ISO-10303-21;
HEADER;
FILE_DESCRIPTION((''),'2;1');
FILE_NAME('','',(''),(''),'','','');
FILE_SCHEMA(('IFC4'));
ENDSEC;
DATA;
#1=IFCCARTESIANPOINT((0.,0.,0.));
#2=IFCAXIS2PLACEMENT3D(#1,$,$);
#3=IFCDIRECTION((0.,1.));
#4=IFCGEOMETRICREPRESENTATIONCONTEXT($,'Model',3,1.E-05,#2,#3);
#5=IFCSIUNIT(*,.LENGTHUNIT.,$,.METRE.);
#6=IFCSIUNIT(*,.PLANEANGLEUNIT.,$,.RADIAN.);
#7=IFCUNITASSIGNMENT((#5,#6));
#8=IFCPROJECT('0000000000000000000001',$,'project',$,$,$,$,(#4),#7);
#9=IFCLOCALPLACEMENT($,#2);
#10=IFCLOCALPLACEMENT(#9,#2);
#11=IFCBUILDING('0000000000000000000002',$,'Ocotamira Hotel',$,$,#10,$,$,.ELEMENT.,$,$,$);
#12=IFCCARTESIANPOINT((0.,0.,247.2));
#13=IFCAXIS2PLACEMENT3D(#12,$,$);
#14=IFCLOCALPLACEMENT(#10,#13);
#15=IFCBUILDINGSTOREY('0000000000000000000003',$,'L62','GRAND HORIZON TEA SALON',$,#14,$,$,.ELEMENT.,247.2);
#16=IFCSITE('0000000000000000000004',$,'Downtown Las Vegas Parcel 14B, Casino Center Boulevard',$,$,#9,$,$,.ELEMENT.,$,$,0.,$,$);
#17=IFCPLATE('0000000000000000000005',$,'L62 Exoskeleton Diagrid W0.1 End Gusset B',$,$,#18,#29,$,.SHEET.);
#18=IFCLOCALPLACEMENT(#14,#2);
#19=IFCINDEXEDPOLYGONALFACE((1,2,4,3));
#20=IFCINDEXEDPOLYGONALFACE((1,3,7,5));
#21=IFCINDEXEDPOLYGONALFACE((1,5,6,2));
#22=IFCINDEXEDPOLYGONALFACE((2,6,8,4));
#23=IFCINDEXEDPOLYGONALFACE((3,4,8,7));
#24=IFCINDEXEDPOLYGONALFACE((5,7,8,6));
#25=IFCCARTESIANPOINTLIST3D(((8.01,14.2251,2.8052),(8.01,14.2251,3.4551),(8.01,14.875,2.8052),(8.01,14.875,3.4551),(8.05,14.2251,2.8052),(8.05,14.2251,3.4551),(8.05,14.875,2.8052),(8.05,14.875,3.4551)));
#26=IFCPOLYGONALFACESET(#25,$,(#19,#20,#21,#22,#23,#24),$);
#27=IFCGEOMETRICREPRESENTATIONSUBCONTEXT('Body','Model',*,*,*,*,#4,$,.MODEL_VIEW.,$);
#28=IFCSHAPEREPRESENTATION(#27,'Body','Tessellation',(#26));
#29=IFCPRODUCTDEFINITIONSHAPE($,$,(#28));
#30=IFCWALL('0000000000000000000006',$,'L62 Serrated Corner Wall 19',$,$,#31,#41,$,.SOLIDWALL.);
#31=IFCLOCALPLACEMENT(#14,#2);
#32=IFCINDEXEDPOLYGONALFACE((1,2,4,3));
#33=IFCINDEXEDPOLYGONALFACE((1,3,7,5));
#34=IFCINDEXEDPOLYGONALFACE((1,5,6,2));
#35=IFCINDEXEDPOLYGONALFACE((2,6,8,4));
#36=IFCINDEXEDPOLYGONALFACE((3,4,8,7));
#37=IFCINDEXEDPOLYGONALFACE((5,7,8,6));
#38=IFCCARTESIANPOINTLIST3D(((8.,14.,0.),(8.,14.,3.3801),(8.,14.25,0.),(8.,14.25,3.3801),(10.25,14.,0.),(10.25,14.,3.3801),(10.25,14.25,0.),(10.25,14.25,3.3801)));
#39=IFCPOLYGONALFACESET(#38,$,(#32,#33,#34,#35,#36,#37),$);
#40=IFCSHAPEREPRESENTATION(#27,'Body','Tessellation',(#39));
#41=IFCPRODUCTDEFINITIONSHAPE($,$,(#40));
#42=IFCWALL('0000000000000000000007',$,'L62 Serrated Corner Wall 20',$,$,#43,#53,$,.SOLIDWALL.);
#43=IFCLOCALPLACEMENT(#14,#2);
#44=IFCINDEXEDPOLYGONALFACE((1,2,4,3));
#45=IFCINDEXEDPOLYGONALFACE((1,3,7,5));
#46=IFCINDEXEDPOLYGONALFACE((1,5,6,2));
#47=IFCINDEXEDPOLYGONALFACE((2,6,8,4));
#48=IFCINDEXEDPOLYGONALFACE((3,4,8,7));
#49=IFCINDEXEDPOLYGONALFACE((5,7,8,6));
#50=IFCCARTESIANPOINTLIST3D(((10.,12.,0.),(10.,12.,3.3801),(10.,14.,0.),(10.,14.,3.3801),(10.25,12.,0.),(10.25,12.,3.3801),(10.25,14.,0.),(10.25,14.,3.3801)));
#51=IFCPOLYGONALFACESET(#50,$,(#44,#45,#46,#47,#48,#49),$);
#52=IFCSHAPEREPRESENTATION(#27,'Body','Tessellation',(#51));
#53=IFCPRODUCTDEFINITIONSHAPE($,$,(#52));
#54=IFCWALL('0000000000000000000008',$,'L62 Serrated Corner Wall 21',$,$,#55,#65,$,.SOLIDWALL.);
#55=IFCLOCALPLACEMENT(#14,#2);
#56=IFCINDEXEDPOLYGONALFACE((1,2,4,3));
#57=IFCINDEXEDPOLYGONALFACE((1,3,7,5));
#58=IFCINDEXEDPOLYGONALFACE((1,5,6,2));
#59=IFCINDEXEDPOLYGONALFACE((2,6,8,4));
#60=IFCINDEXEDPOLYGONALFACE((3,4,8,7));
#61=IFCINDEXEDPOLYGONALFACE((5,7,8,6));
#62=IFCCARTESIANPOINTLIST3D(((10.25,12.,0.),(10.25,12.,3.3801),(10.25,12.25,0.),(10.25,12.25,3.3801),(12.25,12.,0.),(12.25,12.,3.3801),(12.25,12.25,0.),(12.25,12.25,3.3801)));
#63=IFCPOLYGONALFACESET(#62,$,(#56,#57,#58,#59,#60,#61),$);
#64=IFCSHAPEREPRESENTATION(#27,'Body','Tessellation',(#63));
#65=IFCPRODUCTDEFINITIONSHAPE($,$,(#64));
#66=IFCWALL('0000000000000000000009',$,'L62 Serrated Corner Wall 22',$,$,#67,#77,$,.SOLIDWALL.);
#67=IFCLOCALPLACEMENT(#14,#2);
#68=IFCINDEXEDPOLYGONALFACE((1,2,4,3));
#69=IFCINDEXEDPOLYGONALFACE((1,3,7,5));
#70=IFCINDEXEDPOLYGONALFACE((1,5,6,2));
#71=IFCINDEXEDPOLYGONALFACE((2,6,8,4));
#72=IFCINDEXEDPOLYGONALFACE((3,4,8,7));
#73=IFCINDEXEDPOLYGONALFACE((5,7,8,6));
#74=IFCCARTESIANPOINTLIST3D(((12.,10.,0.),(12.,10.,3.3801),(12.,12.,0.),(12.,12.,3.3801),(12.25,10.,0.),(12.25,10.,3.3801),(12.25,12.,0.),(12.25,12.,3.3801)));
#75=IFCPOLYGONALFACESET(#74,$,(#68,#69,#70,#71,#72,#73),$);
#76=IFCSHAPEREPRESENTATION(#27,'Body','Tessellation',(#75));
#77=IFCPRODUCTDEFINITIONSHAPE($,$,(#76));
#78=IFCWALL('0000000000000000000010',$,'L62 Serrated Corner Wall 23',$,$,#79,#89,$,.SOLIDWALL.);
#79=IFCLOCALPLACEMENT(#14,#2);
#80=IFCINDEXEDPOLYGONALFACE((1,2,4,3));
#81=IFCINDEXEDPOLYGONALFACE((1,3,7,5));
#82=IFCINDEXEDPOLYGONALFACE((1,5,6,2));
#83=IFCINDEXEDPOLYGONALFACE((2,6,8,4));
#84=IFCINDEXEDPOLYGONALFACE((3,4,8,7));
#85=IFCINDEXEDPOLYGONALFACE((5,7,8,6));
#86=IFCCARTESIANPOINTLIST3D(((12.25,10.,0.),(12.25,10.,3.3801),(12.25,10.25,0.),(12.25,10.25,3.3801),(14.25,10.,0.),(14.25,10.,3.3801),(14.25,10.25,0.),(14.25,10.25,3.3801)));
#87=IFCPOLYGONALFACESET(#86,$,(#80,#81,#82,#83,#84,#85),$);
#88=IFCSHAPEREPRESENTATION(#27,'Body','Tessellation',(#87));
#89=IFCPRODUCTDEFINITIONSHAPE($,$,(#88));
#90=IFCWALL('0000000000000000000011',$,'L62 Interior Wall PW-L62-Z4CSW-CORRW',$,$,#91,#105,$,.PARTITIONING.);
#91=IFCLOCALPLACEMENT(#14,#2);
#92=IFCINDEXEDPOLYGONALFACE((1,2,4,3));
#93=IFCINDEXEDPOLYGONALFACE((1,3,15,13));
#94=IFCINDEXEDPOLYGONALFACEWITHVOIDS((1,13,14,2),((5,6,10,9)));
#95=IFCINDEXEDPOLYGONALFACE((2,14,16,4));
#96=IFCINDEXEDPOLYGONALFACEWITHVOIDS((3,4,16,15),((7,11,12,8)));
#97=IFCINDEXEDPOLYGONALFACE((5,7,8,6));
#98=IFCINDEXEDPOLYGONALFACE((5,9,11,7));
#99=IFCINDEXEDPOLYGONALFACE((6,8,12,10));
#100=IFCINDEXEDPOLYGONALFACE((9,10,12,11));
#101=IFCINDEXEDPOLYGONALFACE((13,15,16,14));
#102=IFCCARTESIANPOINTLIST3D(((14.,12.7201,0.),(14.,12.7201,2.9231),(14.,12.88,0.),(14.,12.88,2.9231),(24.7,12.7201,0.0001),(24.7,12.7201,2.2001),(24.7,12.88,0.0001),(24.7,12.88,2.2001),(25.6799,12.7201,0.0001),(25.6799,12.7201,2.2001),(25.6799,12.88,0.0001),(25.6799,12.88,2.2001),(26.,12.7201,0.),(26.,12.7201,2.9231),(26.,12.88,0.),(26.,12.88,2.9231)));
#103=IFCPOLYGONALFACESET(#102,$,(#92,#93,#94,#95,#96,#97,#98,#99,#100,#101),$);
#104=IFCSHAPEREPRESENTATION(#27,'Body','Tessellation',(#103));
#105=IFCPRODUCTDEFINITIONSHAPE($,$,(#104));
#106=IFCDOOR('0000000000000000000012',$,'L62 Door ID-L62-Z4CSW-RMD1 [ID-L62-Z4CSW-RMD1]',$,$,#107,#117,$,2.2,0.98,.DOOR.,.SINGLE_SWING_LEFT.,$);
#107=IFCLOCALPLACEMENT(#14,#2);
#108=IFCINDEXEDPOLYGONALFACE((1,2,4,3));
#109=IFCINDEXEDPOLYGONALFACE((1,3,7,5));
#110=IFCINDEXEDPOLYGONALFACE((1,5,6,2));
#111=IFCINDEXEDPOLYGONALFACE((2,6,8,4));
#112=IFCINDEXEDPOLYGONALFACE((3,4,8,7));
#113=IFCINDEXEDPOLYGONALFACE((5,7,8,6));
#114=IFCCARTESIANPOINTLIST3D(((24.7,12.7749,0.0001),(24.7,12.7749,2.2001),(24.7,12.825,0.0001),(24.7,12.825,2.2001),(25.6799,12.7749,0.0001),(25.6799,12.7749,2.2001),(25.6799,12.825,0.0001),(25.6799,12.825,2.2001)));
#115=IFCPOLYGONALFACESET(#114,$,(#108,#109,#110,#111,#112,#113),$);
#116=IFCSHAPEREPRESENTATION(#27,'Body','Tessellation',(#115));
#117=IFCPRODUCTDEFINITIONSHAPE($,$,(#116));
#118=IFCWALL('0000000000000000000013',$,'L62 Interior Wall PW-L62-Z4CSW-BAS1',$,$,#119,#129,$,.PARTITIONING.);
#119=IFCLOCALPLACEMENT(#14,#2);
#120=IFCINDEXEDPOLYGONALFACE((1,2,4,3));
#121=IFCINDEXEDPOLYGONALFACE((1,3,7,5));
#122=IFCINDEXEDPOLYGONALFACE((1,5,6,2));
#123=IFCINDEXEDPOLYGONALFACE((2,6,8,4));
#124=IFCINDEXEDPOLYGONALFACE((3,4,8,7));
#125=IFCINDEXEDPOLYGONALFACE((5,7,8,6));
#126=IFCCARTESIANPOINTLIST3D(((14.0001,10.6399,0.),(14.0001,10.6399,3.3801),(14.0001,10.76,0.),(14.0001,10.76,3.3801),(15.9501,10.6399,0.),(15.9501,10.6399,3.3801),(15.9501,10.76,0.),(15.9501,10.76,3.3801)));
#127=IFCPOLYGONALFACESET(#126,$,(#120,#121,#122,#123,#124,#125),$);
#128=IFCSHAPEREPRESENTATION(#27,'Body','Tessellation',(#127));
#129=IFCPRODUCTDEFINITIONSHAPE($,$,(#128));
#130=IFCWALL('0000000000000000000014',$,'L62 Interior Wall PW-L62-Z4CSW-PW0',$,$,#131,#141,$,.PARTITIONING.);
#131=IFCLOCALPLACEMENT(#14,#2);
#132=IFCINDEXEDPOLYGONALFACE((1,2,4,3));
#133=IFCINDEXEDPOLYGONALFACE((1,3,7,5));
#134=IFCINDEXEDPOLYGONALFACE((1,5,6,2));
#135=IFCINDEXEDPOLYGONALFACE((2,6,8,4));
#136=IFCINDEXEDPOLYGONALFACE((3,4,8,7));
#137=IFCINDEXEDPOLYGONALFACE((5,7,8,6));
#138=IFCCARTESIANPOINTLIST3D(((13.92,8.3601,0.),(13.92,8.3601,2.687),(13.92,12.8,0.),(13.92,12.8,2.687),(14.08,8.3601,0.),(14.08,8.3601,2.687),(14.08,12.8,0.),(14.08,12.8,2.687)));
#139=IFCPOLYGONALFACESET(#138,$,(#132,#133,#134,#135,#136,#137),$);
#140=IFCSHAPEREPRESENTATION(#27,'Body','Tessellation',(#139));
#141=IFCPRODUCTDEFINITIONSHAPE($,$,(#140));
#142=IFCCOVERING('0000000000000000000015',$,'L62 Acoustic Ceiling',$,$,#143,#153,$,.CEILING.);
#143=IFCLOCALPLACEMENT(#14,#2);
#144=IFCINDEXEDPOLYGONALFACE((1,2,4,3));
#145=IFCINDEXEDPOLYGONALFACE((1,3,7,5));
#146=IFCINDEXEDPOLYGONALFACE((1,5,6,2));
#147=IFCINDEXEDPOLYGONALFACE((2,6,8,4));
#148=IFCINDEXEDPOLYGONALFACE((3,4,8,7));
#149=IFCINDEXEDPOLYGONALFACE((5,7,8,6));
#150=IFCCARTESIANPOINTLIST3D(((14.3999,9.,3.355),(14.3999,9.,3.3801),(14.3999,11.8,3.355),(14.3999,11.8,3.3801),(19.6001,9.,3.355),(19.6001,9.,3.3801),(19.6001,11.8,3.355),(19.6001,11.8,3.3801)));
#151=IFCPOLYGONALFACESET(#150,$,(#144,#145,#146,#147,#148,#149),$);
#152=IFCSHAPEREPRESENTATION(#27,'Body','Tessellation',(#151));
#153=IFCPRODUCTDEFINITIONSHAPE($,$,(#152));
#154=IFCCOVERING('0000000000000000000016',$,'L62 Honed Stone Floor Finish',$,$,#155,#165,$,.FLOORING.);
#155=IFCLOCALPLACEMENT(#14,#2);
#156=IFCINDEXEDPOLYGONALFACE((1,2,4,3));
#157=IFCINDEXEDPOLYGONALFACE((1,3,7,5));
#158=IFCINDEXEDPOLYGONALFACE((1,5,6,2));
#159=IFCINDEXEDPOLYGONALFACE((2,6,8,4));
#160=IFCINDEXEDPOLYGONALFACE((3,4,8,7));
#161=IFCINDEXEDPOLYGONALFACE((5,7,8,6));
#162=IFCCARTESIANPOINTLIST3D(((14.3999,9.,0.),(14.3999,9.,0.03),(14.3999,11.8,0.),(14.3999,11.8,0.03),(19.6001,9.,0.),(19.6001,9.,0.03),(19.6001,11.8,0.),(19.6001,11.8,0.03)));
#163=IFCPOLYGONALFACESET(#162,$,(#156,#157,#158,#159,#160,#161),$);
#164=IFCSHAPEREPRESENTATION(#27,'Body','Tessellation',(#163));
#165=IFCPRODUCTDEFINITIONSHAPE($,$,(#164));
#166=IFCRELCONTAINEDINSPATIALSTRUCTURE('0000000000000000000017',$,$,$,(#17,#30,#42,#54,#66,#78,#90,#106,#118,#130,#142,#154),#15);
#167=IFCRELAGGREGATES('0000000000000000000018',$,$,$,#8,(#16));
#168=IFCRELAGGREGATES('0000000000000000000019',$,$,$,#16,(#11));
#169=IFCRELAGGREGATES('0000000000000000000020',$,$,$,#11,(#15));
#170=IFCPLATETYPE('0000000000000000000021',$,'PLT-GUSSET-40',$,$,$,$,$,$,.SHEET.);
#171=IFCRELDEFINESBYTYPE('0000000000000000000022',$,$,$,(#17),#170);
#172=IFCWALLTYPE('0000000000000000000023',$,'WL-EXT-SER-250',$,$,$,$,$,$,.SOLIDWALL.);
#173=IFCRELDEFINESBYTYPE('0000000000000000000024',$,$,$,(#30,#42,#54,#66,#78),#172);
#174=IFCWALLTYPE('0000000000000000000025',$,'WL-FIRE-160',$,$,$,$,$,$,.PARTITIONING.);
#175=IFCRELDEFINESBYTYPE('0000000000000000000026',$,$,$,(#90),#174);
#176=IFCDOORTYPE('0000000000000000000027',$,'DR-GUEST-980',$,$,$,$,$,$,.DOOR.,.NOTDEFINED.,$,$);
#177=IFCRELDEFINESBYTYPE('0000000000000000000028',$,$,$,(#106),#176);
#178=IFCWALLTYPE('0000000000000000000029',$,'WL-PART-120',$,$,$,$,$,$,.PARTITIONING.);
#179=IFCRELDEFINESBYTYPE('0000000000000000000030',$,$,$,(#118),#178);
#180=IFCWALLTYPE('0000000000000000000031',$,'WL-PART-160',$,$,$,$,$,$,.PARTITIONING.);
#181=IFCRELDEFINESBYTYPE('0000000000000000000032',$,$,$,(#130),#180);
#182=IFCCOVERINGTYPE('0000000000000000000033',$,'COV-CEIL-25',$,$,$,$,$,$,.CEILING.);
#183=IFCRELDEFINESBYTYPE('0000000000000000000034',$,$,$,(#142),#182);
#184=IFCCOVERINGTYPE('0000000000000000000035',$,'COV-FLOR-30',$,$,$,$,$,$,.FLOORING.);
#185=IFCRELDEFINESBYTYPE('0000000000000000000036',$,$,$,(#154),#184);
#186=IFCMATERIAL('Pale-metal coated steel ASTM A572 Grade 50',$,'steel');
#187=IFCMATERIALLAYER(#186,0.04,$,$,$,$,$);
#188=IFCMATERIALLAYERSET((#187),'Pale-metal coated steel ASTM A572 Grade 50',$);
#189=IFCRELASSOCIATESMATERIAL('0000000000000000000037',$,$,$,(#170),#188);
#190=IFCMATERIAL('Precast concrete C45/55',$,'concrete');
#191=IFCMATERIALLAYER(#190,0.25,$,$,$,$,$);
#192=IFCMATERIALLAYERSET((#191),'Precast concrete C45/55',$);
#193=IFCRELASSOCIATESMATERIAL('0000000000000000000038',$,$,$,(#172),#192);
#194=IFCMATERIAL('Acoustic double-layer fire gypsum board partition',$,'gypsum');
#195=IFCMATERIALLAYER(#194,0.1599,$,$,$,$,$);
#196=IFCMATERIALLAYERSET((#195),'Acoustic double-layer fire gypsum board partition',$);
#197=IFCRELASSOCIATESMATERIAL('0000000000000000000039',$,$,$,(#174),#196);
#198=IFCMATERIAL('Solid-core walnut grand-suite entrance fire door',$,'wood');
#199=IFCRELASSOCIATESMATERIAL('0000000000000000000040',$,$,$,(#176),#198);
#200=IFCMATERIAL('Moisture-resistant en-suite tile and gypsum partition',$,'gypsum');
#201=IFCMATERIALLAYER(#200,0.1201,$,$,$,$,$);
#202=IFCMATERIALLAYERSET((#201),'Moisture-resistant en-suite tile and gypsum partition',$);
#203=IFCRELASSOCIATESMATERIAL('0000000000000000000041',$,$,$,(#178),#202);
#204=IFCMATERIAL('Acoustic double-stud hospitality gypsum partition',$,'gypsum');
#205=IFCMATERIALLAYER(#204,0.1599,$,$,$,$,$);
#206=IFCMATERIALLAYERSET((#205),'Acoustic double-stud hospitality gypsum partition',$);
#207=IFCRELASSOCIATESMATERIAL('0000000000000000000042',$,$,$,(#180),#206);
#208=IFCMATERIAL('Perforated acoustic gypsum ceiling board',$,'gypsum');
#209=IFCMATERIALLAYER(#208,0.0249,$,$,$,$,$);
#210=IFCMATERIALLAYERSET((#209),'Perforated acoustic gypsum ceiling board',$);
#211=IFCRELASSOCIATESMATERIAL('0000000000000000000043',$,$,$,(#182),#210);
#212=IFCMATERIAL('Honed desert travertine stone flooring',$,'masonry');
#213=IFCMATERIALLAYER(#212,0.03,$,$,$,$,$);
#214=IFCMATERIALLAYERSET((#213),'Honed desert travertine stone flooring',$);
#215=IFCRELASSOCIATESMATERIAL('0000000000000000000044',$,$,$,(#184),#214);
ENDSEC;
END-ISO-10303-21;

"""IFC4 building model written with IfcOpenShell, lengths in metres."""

from ifc_helpers import new_model, si_unit, direction, frame, frame_2d, origin, origin_2d, place, context, subcontext, project, spatial, polyline, rectangle, outline, extrude, source, transform, mapped, material, layer, layer_set, type_object, element, fill, save


model = new_model("IFC4")

# Units and contexts
model_context = context("Model", 3, precision=1e-05, world=origin(), true_north=direction((0.0, 1.0)))
body_context = subcontext(model_context, "Body", "Model", "MODEL_VIEW")
ifc_project = project(units=[si_unit("LENGTHUNIT", "METRE"), si_unit("PLANEANGLEUNIT", "RADIAN")], contexts=[model_context])

# Site, building, storey
site_placement = place(None, origin())
site = spatial("IfcSite", under=ifc_project, at=site_placement, Name="Downtown Las Vegas Parcel 14B, Casino Center Boulevard", CompositionType="ELEMENT", RefElevation=0.0)
building_placement = place(site_placement, origin())
building = spatial("IfcBuilding", under=site, at=building_placement, Name="Ocotamira Hotel", CompositionType="ELEMENT")
storey_placement = place(building_placement, frame((0.0, 0.0, 247.2)))
storey = spatial("IfcBuildingStorey", under=building, at=storey_placement, Name="L62", Description="GRAND HORIZON TEA SALON", CompositionType="ELEMENT", Elevation=247.2)

# Plate
ifc_material_1 = material(Name="Pale-metal coated steel ASTM A572 Grade 50", Category="steel")
ifc_layer_1 = layer(ifc_material_1, 0.04)
ifc_layer_set_1 = layer_set([ifc_layer_1], Name="Pale-metal coated steel ASTM A572 Grade 50")
plate_type = type_object("IfcPlateType", Name="PLT-GUSSET-40", PredefinedType="SHEET", material=ifc_layer_set_1)
shared_shape_1 = source(origin(), body_context, "Body", "SweptSolid", [
    extrude(rectangle(XDim=0.04, YDim=0.6499, at=origin_2d()), origin(), (0.0, 0.0, 1.0), 0.6499),
])
plate_1_placement = place(storey_placement, frame((8.03, 14.55, 2.8052), z_axis=(0.0, 0.0, 1.0), x_axis=(1.0, 0.0, 0.0)))
element("IfcPlate", 1, at=plate_1_placement, inside=storey, type_object=plate_type, Name="L62 Exoskeleton Diagrid W0.1 End Gusset B", PredefinedType="SHEET", context=body_context, shape_type="MappedRepresentation", body=[
    mapped(shared_shape_1, transform((0.0, 0.0, 0.0), scale=1.0)),
])

# Walls
ifc_material_2 = material(Name="Precast concrete C45/55", Category="concrete")
ifc_layer_2 = layer(ifc_material_2, 0.25)
ifc_layer_set_2 = layer_set([ifc_layer_2], Name="Precast concrete C45/55")
wall_type_1 = type_object("IfcWallType", Name="WL-EXT-SER-250", PredefinedType="SOLIDWALL", material=ifc_layer_set_2)
wall_1_placement = place(storey_placement, frame((8.0, 14.125, 0.0), z_axis=(0.0, 0.0, 1.0), x_axis=(1.0, 0.0, 0.0)))
element("IfcWall", 2, at=wall_1_placement, inside=storey, type_object=wall_type_1, Name="L62 Serrated Corner Wall 19", PredefinedType="SOLIDWALL", context=body_context, shape_type="SweptSolid", body=[
    extrude(rectangle(XDim=2.25, YDim=0.25, at=frame_2d((1.125, 0.0))), origin(), (0.0, 0.0, 1.0), 3.3801),
])
for number, where, z_axis, x_axis, name in (
    (3, (10.125, 14.0, 0.0), (0.0, 0.0, 1.0), (0.0, -1.0, 0.0), "L62 Serrated Corner Wall 20"),
    (4, (10.25, 12.125, 0.0), (0.0, 0.0, 1.0), (1.0, 0.0, 0.0), "L62 Serrated Corner Wall 21"),
    (5, (12.125, 12.0, 0.0), (0.0, 0.0, 1.0), (0.0, -1.0, 0.0), "L62 Serrated Corner Wall 22"),
    (6, (12.25, 10.125, 0.0), (0.0, 0.0, 1.0), (1.0, 0.0, 0.0), "L62 Serrated Corner Wall 23"),
):
    element("IfcWall", number, at=place(storey_placement, frame(where, z_axis=z_axis, x_axis=x_axis)), inside=storey, type_object=wall_type_1, Name=name, PredefinedType="SOLIDWALL", context=body_context, shape_type="SweptSolid", body=[
        extrude(rectangle(XDim=2.0, YDim=0.25, at=frame_2d((1.0, 0.0))), origin(), (0.0, 0.0, 1.0), 3.3801),
    ])

# Wall, opening, door
ifc_material_3 = material(Name="Acoustic double-layer fire gypsum board partition", Category="gypsum")
ifc_layer_3 = layer(ifc_material_3, 0.1599)
ifc_layer_set_3 = layer_set([ifc_layer_3], Name="Acoustic double-layer fire gypsum board partition")
wall_type_2 = type_object("IfcWallType", Name="WL-FIRE-160", PredefinedType="PARTITIONING", material=ifc_layer_set_3)
wall_2_placement = place(storey_placement, frame((14.0, 12.8, 0.0), z_axis=(0.0, 0.0, 1.0), x_axis=(1.0, 0.0, 0.0)))
wall_2 = element("IfcWall", 7, at=wall_2_placement, inside=storey, type_object=wall_type_2, Name="L62 Interior Wall PW-L62-Z4CSW-CORRW", PredefinedType="PARTITIONING", context=body_context, shape_type="SweptSolid", body=[
    extrude(rectangle(XDim=12.0, YDim=0.1599, at=frame_2d((6.0, 0.0))), origin(), (0.0, 0.0, 1.0), 2.9231),
])
opening_1_placement = place(wall_2_placement, frame((10.7, 0.0, 0.0)))
opening_1 = element("IfcOpeningElement", 8, at=opening_1_placement, cuts=wall_2, PredefinedType="OPENING", context=body_context, shape_type="SweptSolid", body=[
    extrude(rectangle(XDim=0.98, YDim=2.2, at=frame_2d((0.49, 1.1001))), frame((0.0, 0.0898, 0.0), z_axis=(0.0, -1.0, 0.0), x_axis=(1.0, 0.0, 0.0)), (0.0, 0.0, 1.0), 0.1799),
])
ifc_material_4 = material(Name="Solid-core walnut grand-suite entrance fire door", Category="wood")
door_type_1 = type_object("IfcDoorType", Name="DR-GUEST-980", OperationType="NOTDEFINED", PredefinedType="DOOR", material=ifc_material_4)
shared_shape_2 = source(origin(), body_context, "Body", "SweptSolid", [
    extrude(rectangle(XDim=0.98, YDim=2.2, at=frame_2d((0.49, 1.1001))), frame((0.0, 0.0249, 0.0), z_axis=(0.0, -1.0, 0.0), x_axis=(1.0, 0.0, 0.0)), (0.0, 0.0, 1.0), 0.05),
])
door_1_placement = place(opening_1_placement, origin())
door_1 = element("IfcDoor", 9, at=door_1_placement, inside=storey, type_object=door_type_1, Name="L62 Door ID-L62-Z4CSW-RMD1 [ID-L62-Z4CSW-RMD1]", OperationType="SINGLE_SWING_LEFT", OverallHeight=2.2, OverallWidth=0.98, PredefinedType="DOOR", context=body_context, shape_type="MappedRepresentation", body=[
    mapped(shared_shape_2, transform((0.0, 0.0, 0.0), scale=1.0)),
])
fill(opening_1, door_1)

# Walls
ifc_material_5 = material(Name="Moisture-resistant en-suite tile and gypsum partition", Category="gypsum")
ifc_layer_4 = layer(ifc_material_5, 0.1201)
ifc_layer_set_4 = layer_set([ifc_layer_4], Name="Moisture-resistant en-suite tile and gypsum partition")
wall_type_3 = type_object("IfcWallType", Name="WL-PART-120", PredefinedType="PARTITIONING", material=ifc_layer_set_4)
wall_3_placement = place(storey_placement, frame((14.0, 10.7, 0.0), z_axis=(0.0, 0.0, 1.0), x_axis=(1.0, 0.0, 0.0)))
element("IfcWall", 10, at=wall_3_placement, inside=storey, type_object=wall_type_3, Name="L62 Interior Wall PW-L62-Z4CSW-BAS1", PredefinedType="PARTITIONING", context=body_context, shape_type="SweptSolid", body=[
    extrude(rectangle(XDim=1.95, YDim=0.1201, at=frame_2d((0.9751, 0.0))), origin(), (0.0, 0.0, 1.0), 3.3801),
])
ifc_material_6 = material(Name="Acoustic double-stud hospitality gypsum partition", Category="gypsum")
ifc_layer_5 = layer(ifc_material_6, 0.1599)
ifc_layer_set_5 = layer_set([ifc_layer_5], Name="Acoustic double-stud hospitality gypsum partition")
wall_type_4 = type_object("IfcWallType", Name="WL-PART-160", PredefinedType="PARTITIONING", material=ifc_layer_set_5)
wall_4_placement = place(storey_placement, frame((14.0, 8.3601, 0.0), z_axis=(0.0, 0.0, 1.0), x_axis=(0.0, 1.0, 0.0)))
element("IfcWall", 11, at=wall_4_placement, inside=storey, type_object=wall_type_4, Name="L62 Interior Wall PW-L62-Z4CSW-PW0", PredefinedType="PARTITIONING", context=body_context, shape_type="SweptSolid", body=[
    extrude(rectangle(XDim=4.4399, YDim=0.1599, at=frame_2d((2.22, 0.0))), origin(), (0.0, 0.0, 1.0), 2.687),
])

# Coverings
ifc_material_7 = material(Name="Perforated acoustic gypsum ceiling board", Category="gypsum")
ifc_layer_6 = layer(ifc_material_7, 0.0249)
ifc_layer_set_6 = layer_set([ifc_layer_6], Name="Perforated acoustic gypsum ceiling board")
covering_type_1 = type_object("IfcCoveringType", Name="COV-CEIL-25", PredefinedType="CEILING", material=ifc_layer_set_6)
covering_1_placement = place(storey_placement, frame((0.0, 0.0, 3.355)))
element("IfcCovering", 12, at=covering_1_placement, inside=storey, type_object=covering_type_1, Name="L62 Acoustic Ceiling", PredefinedType="CEILING", context=body_context, shape_type="SweptSolid", body=[
    extrude(outline(polyline([(14.3999, 9.0), (19.6001, 9.0), (19.6001, 11.8), (14.3999, 11.8), (14.3999, 9.0)])), origin(), (0.0, 0.0, 1.0), 0.0251),
])
ifc_material_8 = material(Name="Honed desert travertine stone flooring", Category="masonry")
ifc_layer_7 = layer(ifc_material_8, 0.03)
ifc_layer_set_7 = layer_set([ifc_layer_7], Name="Honed desert travertine stone flooring")
covering_type_2 = type_object("IfcCoveringType", Name="COV-FLOR-30", PredefinedType="FLOORING", material=ifc_layer_set_7)
covering_2_placement = place(storey_placement, origin())
element("IfcCovering", 13, at=covering_2_placement, inside=storey, type_object=covering_type_2, Name="L62 Honed Stone Floor Finish", PredefinedType="FLOORING", context=body_context, shape_type="SweptSolid", body=[
    extrude(outline(polyline([(14.3999, 9.0), (19.6001, 9.0), (19.6001, 11.8), (14.3999, 11.8), (14.3999, 9.0)])), origin(), (0.0, 0.0, 1.0), 0.03),
])

save(model, "model.ifc")
